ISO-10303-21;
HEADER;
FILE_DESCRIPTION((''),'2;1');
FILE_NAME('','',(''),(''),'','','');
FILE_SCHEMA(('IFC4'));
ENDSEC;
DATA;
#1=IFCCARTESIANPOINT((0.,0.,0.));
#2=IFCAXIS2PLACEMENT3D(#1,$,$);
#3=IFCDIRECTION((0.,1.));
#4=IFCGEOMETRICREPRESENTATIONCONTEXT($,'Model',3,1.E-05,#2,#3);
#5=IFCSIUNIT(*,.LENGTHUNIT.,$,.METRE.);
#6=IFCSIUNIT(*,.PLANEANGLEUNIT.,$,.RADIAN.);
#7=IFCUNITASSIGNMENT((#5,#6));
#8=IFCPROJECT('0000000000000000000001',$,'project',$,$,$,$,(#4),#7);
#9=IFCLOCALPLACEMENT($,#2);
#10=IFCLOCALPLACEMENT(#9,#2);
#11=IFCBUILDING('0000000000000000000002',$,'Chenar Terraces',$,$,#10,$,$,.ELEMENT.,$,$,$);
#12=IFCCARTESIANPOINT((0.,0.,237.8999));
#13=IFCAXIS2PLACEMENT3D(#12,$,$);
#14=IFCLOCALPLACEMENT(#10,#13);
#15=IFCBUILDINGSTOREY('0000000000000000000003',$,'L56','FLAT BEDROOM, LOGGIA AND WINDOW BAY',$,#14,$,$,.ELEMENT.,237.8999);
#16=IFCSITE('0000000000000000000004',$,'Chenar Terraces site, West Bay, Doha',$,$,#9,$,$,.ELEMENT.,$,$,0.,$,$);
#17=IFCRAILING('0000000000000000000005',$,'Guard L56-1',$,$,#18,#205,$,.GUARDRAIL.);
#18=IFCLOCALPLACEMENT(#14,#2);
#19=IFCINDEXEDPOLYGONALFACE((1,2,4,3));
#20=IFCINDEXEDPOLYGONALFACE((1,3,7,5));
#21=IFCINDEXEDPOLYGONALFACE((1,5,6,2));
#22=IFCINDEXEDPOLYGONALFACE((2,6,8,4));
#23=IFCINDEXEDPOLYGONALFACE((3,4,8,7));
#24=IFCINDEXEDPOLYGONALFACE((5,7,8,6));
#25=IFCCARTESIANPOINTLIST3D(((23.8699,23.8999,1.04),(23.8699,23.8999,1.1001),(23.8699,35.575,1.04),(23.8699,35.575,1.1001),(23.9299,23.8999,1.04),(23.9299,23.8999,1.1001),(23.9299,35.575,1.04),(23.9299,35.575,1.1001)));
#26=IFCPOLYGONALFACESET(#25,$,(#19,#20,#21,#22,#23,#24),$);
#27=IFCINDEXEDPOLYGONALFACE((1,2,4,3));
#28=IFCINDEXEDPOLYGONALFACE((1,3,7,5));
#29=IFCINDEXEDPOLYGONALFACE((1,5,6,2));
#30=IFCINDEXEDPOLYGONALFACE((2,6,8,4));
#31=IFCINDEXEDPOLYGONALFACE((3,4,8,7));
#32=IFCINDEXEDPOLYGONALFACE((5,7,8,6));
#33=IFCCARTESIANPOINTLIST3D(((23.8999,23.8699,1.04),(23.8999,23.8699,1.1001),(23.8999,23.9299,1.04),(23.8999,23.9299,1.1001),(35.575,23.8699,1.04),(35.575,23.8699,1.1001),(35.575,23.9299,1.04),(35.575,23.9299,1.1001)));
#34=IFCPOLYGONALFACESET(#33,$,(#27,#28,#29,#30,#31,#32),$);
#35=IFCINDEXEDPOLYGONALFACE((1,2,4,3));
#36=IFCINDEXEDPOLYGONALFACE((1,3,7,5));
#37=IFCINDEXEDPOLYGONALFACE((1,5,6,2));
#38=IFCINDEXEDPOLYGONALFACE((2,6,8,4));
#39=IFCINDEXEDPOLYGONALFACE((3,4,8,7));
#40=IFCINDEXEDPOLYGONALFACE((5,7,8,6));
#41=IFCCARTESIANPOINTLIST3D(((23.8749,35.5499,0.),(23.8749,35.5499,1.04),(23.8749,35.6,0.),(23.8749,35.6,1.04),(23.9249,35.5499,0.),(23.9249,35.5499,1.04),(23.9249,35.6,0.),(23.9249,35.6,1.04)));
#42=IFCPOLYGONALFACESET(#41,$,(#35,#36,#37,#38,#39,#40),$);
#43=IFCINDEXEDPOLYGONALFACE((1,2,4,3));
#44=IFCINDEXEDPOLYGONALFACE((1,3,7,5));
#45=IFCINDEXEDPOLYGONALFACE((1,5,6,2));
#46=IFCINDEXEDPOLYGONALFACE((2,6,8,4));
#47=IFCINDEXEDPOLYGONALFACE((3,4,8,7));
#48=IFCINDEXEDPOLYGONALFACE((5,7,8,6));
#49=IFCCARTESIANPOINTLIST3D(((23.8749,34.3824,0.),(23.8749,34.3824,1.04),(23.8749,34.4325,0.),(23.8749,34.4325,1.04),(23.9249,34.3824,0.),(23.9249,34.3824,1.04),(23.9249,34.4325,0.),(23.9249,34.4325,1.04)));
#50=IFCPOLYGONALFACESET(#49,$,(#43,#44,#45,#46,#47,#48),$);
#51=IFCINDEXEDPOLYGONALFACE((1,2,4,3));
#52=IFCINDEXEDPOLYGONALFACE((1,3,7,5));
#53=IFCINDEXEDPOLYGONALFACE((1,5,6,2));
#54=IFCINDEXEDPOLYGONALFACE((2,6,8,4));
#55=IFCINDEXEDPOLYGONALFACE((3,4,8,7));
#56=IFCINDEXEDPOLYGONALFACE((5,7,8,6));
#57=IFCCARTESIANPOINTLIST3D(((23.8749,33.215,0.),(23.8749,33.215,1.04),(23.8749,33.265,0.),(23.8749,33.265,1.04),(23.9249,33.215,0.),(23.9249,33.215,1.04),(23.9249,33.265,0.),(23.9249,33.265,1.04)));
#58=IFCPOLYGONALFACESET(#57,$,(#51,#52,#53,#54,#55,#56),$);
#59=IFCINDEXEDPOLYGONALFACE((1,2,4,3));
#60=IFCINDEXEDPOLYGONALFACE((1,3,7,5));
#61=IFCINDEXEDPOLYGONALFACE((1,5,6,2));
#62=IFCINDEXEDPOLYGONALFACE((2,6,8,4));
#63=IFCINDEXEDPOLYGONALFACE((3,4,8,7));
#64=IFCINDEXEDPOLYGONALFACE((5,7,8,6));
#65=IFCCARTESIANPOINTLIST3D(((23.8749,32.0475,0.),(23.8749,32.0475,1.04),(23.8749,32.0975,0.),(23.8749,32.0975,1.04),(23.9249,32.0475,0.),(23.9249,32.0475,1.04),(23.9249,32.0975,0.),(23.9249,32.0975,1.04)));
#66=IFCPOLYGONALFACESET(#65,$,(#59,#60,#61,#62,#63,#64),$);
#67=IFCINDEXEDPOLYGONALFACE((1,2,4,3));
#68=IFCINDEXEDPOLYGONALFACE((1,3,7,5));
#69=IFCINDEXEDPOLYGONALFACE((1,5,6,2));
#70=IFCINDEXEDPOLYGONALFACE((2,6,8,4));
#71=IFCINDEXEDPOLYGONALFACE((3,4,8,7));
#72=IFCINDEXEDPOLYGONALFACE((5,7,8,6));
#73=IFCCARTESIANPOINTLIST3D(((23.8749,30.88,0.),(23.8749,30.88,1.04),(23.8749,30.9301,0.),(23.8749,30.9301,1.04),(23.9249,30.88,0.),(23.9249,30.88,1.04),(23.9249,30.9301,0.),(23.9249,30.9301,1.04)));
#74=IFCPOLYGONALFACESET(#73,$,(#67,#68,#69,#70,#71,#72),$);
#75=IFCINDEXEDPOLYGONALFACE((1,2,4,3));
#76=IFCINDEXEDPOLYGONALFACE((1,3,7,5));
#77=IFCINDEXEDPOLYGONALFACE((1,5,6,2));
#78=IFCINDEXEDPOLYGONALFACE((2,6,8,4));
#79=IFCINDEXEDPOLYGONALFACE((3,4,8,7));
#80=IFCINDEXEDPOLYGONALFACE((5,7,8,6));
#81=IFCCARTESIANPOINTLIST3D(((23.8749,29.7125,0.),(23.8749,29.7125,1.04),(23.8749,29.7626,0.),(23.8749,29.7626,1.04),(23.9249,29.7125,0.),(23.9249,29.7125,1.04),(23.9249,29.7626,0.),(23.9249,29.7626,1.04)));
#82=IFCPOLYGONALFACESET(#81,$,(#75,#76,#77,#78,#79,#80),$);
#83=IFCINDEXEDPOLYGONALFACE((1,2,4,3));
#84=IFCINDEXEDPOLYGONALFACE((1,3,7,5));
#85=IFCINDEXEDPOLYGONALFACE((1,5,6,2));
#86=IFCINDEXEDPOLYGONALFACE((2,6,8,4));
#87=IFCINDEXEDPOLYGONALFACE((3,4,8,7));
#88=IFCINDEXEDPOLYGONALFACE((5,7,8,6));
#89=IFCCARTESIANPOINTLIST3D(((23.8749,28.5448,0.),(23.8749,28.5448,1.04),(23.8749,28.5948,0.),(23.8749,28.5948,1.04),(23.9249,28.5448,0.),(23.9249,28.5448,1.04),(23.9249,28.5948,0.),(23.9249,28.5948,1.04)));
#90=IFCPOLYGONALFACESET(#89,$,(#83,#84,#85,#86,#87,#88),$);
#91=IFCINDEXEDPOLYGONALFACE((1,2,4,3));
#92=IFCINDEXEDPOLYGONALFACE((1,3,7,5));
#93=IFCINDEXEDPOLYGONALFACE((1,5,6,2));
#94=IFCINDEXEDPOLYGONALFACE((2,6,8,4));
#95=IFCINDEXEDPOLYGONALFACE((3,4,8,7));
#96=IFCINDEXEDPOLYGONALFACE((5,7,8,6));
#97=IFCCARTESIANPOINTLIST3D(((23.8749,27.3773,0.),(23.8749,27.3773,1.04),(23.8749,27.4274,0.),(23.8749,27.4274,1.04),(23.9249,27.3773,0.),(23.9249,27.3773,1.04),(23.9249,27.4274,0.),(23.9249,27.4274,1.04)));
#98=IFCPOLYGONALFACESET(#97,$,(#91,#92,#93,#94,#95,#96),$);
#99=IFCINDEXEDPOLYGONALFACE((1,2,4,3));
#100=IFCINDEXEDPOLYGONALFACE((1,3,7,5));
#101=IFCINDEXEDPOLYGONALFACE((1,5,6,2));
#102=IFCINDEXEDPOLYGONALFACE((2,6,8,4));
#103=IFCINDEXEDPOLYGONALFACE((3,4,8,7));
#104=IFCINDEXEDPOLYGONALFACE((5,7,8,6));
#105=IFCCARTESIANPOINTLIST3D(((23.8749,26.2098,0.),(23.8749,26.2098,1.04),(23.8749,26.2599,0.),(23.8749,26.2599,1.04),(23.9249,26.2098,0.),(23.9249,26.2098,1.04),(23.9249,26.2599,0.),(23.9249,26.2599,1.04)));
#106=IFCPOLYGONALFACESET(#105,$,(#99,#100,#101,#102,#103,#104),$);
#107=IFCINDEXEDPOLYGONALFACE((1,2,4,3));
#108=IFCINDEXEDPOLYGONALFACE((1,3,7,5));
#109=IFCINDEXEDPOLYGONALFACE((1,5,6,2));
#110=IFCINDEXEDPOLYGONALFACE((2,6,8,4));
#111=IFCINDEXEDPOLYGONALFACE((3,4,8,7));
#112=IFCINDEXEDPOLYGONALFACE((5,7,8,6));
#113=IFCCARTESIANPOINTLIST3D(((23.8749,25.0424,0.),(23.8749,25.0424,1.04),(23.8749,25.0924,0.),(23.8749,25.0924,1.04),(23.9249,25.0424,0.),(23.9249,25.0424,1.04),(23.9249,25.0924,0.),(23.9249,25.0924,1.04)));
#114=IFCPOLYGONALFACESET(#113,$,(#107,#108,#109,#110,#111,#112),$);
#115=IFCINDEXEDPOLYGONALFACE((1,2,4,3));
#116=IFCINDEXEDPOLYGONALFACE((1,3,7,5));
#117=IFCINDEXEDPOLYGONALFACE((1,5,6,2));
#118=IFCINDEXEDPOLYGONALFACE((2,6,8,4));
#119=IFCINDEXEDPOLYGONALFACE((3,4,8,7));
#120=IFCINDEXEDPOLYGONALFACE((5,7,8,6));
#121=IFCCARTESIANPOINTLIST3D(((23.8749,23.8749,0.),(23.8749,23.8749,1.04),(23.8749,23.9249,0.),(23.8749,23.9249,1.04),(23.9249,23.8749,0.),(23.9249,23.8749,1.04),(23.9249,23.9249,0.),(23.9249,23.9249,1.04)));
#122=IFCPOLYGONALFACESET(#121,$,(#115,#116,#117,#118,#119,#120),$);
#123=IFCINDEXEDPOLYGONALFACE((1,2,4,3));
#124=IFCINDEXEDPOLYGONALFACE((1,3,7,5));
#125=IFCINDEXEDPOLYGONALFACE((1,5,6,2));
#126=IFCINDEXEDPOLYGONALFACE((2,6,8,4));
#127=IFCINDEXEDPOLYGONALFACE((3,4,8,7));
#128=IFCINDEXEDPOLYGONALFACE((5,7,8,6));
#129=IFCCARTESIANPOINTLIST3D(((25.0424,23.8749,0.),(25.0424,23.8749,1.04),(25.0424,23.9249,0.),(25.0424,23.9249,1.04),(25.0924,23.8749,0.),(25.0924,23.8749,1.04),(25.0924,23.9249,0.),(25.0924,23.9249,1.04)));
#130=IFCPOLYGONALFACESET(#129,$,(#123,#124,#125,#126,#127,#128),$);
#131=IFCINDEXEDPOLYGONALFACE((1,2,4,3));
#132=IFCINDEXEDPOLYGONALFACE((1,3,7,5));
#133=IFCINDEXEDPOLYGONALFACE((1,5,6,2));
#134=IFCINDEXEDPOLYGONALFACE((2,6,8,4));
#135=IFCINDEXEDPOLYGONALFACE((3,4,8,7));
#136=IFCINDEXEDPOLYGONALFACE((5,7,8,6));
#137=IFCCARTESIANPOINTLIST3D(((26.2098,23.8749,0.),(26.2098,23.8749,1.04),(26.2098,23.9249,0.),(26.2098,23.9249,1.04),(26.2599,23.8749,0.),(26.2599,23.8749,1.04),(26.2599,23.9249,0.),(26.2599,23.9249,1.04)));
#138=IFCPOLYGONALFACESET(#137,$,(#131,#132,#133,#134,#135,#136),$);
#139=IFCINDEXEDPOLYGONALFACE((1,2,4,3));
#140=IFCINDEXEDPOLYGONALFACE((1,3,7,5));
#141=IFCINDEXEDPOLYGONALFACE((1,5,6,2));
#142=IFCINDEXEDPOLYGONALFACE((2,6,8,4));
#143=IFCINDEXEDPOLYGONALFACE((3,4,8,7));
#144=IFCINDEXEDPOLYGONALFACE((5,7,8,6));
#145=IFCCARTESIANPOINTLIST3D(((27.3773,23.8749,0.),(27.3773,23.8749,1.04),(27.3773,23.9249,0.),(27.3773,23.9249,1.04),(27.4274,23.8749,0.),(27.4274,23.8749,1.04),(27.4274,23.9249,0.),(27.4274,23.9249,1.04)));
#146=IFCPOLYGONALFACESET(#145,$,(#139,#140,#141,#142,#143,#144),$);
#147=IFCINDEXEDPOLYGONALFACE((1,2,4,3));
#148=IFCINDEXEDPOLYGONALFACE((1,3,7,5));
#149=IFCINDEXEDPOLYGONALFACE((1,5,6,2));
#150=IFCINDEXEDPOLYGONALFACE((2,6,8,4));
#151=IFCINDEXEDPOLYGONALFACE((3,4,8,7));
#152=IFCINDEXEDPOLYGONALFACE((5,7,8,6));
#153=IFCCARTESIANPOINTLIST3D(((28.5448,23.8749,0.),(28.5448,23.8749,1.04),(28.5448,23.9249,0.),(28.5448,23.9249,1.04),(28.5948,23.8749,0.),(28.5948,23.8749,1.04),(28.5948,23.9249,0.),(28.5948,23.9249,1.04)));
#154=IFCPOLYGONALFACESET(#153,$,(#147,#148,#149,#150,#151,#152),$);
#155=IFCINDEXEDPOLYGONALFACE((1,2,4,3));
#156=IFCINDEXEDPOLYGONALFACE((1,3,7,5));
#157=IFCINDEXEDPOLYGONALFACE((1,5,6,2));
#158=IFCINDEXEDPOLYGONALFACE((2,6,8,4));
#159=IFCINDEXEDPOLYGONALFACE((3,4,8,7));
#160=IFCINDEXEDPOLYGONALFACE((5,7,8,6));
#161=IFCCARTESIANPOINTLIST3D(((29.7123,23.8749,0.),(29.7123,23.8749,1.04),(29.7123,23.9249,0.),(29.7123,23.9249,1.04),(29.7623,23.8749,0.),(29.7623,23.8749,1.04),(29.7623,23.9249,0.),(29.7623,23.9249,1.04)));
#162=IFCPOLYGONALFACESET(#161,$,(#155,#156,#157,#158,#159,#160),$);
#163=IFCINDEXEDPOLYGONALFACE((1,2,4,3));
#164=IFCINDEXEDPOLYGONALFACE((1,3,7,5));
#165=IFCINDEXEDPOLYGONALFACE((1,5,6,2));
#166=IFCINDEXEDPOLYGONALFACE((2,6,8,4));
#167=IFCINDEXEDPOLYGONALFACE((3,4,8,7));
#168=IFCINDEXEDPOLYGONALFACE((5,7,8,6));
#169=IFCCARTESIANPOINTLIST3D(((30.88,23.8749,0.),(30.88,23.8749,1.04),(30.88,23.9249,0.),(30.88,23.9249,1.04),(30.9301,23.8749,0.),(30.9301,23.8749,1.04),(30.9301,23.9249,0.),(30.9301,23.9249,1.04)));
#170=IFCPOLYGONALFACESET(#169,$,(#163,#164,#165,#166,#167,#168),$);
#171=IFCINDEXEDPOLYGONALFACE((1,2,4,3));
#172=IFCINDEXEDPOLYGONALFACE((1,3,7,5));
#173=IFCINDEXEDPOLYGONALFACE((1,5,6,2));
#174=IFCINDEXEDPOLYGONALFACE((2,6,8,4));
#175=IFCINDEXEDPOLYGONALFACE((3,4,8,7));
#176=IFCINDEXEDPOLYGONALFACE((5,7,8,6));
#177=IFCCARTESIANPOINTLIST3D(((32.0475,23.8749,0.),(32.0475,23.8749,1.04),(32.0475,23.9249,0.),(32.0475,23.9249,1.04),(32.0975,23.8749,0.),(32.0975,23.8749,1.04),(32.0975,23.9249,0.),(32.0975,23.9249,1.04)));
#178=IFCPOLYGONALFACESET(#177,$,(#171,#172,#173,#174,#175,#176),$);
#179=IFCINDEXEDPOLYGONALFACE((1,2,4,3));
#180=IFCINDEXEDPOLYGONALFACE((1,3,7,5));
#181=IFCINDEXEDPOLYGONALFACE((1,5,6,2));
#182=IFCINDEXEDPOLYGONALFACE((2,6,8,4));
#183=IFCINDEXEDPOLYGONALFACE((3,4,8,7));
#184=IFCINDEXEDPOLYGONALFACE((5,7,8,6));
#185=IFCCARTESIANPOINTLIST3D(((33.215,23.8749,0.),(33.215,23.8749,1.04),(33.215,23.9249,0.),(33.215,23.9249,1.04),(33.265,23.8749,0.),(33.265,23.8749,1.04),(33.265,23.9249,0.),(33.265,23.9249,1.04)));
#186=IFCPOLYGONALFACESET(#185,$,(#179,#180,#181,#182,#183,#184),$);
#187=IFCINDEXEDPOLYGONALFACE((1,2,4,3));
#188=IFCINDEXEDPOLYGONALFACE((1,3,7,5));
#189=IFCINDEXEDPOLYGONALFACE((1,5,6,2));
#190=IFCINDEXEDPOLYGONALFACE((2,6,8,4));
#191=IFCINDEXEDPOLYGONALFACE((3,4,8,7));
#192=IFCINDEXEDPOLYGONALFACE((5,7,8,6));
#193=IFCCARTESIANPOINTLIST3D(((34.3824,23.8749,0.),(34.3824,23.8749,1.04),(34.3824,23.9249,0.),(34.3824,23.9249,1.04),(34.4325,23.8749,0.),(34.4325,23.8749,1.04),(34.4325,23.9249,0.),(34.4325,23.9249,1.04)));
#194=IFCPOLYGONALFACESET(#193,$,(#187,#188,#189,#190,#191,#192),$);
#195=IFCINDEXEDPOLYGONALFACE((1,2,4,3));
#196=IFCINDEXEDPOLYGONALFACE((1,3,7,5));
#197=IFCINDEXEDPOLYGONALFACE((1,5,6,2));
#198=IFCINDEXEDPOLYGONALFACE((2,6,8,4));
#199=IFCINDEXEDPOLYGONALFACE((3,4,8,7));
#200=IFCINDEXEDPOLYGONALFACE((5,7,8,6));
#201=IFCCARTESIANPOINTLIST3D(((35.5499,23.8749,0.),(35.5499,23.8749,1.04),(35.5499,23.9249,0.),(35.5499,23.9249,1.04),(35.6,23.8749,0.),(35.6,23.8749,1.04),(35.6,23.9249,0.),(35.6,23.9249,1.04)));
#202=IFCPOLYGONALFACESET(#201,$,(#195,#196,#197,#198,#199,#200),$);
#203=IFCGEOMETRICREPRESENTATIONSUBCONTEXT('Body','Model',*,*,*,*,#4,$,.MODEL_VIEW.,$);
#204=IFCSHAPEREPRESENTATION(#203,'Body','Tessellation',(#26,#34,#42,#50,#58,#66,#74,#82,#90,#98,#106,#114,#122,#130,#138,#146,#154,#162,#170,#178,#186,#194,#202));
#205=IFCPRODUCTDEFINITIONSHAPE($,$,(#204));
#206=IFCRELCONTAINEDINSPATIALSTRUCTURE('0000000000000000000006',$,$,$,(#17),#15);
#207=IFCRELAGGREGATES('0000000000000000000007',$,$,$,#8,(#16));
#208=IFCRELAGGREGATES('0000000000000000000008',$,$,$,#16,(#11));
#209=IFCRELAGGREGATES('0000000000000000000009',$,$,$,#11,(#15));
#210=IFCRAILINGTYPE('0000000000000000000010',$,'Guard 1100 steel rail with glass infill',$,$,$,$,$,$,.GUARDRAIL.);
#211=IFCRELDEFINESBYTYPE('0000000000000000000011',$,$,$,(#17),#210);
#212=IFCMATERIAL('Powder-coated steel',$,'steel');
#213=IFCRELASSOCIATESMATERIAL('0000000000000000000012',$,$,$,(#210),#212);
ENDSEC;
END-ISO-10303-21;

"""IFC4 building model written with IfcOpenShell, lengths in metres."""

from ifc_helpers import new_model, si_unit, direction, frame, origin, origin_2d, place, context, subcontext, project, spatial, rectangle, extrude, material, type_object, element, save


model = new_model("IFC4")

# Units and contexts
model_context = context("Model", 3, precision=1e-05, world=origin(), true_north=direction((0.0, 1.0)))
body_context = subcontext(model_context, "Body", "Model", "MODEL_VIEW")
ifc_project = project(units=[si_unit("LENGTHUNIT", "METRE"), si_unit("PLANEANGLEUNIT", "RADIAN")], contexts=[model_context])

# Site, building, storey
site_placement = place(None, origin())
site = spatial("IfcSite", under=ifc_project, at=site_placement, Name="Chenar Terraces site, West Bay, Doha", CompositionType="ELEMENT", RefElevation=0.0)
building_placement = place(site_placement, origin())
building = spatial("IfcBuilding", under=site, at=building_placement, Name="Chenar Terraces", CompositionType="ELEMENT")
storey_placement = place(building_placement, frame((0.0, 0.0, 237.8999)))
storey = spatial("IfcBuildingStorey", under=building, at=storey_placement, Name="L56", Description="FLAT BEDROOM, LOGGIA AND WINDOW BAY", CompositionType="ELEMENT", Elevation=237.8999)

# Railing
ifc_material_1 = material(Name="Powder-coated steel", Category="steel")
railing_type = type_object("IfcRailingType", Name="Guard 1100 steel rail with glass infill", PredefinedType="GUARDRAIL", material=ifc_material_1)
railing_placement = place(storey_placement, frame((23.8999, 35.575, 0.0)))
element("IfcRailing", 1, at=railing_placement, inside=storey, type_object=railing_type, Name="Guard L56-1", PredefinedType="GUARDRAIL", context=body_context, shape_type="SweptSolid", body=[
    extrude(rectangle(XDim=0.0601, YDim=0.0601, at=origin_2d()), frame((0.0, 0.0, 1.0701), z_axis=(0.0, -1.0, 0.0), x_axis=(1.0, 0.0, 0.0)), (0.0, 0.0, 1.0), 11.675),
    extrude(rectangle(XDim=0.0601, YDim=0.0601, at=origin_2d()), frame((0.0, -11.675, 1.0701), z_axis=(1.0, 0.0, 0.0), x_axis=(0.0, 1.0, 0.0)), (0.0, 0.0, 1.0), 11.675),
    extrude(rectangle(XDim=0.05, YDim=0.05, at=origin_2d()), origin(), (0.0, 0.0, 1.0), 1.04),
    extrude(rectangle(XDim=0.05, YDim=0.05, at=origin_2d()), frame((0.0, -1.1675, 0.0)), (0.0, 0.0, 1.0), 1.04),
    extrude(rectangle(XDim=0.05, YDim=0.05, at=origin_2d()), frame((0.0, -2.335, 0.0)), (0.0, 0.0, 1.0), 1.04),
    extrude(rectangle(XDim=0.05, YDim=0.05, at=origin_2d()), frame((0.0, -3.5024, 0.0)), (0.0, 0.0, 1.0), 1.04),
    extrude(rectangle(XDim=0.05, YDim=0.05, at=origin_2d()), frame((0.0, -4.6699, 0.0)), (0.0, 0.0, 1.0), 1.04),
    extrude(rectangle(XDim=0.05, YDim=0.05, at=origin_2d()), frame((0.0, -5.8374, 0.0)), (0.0, 0.0, 1.0), 1.04),
    extrude(rectangle(XDim=0.05, YDim=0.05, at=origin_2d()), frame((0.0, -7.0051, 0.0)), (0.0, 0.0, 1.0), 1.04),
    extrude(rectangle(XDim=0.05, YDim=0.05, at=origin_2d()), frame((0.0, -8.1726, 0.0)), (0.0, 0.0, 1.0), 1.04),
    extrude(rectangle(XDim=0.05, YDim=0.05, at=origin_2d()), frame((0.0, -9.3401, 0.0)), (0.0, 0.0, 1.0), 1.04),
    extrude(rectangle(XDim=0.05, YDim=0.05, at=origin_2d()), frame((0.0, -10.5076, 0.0)), (0.0, 0.0, 1.0), 1.04),
    extrude(rectangle(XDim=0.05, YDim=0.05, at=origin_2d()), frame((0.0, -11.675, 0.0)), (0.0, 0.0, 1.0), 1.04),
    extrude(rectangle(XDim=0.05, YDim=0.05, at=origin_2d()), frame((1.1675, -11.675, 0.0)), (0.0, 0.0, 1.0), 1.04),
    extrude(rectangle(XDim=0.05, YDim=0.05, at=origin_2d()), frame((2.335, -11.675, 0.0)), (0.0, 0.0, 1.0), 1.04),
    extrude(rectangle(XDim=0.05, YDim=0.05, at=origin_2d()), frame((3.5024, -11.675, 0.0)), (0.0, 0.0, 1.0), 1.04),
    extrude(rectangle(XDim=0.05, YDim=0.05, at=origin_2d()), frame((4.6699, -11.675, 0.0)), (0.0, 0.0, 1.0), 1.04),
    extrude(rectangle(XDim=0.05, YDim=0.05, at=origin_2d()), frame((5.8374, -11.675, 0.0)), (0.0, 0.0, 1.0), 1.04),
    extrude(rectangle(XDim=0.05, YDim=0.05, at=origin_2d()), frame((7.0051, -11.675, 0.0)), (0.0, 0.0, 1.0), 1.04),
    extrude(rectangle(XDim=0.05, YDim=0.05, at=origin_2d()), frame((8.1726, -11.675, 0.0)), (0.0, 0.0, 1.0), 1.04),
    extrude(rectangle(XDim=0.05, YDim=0.05, at=origin_2d()), frame((9.3401, -11.675, 0.0)), (0.0, 0.0, 1.0), 1.04),
    extrude(rectangle(XDim=0.05, YDim=0.05, at=origin_2d()), frame((10.5076, -11.675, 0.0)), (0.0, 0.0, 1.0), 1.04),
    extrude(rectangle(XDim=0.05, YDim=0.05, at=origin_2d()), frame((11.675, -11.675, 0.0)), (0.0, 0.0, 1.0), 1.04),
])

save(model, "model.ifc")
